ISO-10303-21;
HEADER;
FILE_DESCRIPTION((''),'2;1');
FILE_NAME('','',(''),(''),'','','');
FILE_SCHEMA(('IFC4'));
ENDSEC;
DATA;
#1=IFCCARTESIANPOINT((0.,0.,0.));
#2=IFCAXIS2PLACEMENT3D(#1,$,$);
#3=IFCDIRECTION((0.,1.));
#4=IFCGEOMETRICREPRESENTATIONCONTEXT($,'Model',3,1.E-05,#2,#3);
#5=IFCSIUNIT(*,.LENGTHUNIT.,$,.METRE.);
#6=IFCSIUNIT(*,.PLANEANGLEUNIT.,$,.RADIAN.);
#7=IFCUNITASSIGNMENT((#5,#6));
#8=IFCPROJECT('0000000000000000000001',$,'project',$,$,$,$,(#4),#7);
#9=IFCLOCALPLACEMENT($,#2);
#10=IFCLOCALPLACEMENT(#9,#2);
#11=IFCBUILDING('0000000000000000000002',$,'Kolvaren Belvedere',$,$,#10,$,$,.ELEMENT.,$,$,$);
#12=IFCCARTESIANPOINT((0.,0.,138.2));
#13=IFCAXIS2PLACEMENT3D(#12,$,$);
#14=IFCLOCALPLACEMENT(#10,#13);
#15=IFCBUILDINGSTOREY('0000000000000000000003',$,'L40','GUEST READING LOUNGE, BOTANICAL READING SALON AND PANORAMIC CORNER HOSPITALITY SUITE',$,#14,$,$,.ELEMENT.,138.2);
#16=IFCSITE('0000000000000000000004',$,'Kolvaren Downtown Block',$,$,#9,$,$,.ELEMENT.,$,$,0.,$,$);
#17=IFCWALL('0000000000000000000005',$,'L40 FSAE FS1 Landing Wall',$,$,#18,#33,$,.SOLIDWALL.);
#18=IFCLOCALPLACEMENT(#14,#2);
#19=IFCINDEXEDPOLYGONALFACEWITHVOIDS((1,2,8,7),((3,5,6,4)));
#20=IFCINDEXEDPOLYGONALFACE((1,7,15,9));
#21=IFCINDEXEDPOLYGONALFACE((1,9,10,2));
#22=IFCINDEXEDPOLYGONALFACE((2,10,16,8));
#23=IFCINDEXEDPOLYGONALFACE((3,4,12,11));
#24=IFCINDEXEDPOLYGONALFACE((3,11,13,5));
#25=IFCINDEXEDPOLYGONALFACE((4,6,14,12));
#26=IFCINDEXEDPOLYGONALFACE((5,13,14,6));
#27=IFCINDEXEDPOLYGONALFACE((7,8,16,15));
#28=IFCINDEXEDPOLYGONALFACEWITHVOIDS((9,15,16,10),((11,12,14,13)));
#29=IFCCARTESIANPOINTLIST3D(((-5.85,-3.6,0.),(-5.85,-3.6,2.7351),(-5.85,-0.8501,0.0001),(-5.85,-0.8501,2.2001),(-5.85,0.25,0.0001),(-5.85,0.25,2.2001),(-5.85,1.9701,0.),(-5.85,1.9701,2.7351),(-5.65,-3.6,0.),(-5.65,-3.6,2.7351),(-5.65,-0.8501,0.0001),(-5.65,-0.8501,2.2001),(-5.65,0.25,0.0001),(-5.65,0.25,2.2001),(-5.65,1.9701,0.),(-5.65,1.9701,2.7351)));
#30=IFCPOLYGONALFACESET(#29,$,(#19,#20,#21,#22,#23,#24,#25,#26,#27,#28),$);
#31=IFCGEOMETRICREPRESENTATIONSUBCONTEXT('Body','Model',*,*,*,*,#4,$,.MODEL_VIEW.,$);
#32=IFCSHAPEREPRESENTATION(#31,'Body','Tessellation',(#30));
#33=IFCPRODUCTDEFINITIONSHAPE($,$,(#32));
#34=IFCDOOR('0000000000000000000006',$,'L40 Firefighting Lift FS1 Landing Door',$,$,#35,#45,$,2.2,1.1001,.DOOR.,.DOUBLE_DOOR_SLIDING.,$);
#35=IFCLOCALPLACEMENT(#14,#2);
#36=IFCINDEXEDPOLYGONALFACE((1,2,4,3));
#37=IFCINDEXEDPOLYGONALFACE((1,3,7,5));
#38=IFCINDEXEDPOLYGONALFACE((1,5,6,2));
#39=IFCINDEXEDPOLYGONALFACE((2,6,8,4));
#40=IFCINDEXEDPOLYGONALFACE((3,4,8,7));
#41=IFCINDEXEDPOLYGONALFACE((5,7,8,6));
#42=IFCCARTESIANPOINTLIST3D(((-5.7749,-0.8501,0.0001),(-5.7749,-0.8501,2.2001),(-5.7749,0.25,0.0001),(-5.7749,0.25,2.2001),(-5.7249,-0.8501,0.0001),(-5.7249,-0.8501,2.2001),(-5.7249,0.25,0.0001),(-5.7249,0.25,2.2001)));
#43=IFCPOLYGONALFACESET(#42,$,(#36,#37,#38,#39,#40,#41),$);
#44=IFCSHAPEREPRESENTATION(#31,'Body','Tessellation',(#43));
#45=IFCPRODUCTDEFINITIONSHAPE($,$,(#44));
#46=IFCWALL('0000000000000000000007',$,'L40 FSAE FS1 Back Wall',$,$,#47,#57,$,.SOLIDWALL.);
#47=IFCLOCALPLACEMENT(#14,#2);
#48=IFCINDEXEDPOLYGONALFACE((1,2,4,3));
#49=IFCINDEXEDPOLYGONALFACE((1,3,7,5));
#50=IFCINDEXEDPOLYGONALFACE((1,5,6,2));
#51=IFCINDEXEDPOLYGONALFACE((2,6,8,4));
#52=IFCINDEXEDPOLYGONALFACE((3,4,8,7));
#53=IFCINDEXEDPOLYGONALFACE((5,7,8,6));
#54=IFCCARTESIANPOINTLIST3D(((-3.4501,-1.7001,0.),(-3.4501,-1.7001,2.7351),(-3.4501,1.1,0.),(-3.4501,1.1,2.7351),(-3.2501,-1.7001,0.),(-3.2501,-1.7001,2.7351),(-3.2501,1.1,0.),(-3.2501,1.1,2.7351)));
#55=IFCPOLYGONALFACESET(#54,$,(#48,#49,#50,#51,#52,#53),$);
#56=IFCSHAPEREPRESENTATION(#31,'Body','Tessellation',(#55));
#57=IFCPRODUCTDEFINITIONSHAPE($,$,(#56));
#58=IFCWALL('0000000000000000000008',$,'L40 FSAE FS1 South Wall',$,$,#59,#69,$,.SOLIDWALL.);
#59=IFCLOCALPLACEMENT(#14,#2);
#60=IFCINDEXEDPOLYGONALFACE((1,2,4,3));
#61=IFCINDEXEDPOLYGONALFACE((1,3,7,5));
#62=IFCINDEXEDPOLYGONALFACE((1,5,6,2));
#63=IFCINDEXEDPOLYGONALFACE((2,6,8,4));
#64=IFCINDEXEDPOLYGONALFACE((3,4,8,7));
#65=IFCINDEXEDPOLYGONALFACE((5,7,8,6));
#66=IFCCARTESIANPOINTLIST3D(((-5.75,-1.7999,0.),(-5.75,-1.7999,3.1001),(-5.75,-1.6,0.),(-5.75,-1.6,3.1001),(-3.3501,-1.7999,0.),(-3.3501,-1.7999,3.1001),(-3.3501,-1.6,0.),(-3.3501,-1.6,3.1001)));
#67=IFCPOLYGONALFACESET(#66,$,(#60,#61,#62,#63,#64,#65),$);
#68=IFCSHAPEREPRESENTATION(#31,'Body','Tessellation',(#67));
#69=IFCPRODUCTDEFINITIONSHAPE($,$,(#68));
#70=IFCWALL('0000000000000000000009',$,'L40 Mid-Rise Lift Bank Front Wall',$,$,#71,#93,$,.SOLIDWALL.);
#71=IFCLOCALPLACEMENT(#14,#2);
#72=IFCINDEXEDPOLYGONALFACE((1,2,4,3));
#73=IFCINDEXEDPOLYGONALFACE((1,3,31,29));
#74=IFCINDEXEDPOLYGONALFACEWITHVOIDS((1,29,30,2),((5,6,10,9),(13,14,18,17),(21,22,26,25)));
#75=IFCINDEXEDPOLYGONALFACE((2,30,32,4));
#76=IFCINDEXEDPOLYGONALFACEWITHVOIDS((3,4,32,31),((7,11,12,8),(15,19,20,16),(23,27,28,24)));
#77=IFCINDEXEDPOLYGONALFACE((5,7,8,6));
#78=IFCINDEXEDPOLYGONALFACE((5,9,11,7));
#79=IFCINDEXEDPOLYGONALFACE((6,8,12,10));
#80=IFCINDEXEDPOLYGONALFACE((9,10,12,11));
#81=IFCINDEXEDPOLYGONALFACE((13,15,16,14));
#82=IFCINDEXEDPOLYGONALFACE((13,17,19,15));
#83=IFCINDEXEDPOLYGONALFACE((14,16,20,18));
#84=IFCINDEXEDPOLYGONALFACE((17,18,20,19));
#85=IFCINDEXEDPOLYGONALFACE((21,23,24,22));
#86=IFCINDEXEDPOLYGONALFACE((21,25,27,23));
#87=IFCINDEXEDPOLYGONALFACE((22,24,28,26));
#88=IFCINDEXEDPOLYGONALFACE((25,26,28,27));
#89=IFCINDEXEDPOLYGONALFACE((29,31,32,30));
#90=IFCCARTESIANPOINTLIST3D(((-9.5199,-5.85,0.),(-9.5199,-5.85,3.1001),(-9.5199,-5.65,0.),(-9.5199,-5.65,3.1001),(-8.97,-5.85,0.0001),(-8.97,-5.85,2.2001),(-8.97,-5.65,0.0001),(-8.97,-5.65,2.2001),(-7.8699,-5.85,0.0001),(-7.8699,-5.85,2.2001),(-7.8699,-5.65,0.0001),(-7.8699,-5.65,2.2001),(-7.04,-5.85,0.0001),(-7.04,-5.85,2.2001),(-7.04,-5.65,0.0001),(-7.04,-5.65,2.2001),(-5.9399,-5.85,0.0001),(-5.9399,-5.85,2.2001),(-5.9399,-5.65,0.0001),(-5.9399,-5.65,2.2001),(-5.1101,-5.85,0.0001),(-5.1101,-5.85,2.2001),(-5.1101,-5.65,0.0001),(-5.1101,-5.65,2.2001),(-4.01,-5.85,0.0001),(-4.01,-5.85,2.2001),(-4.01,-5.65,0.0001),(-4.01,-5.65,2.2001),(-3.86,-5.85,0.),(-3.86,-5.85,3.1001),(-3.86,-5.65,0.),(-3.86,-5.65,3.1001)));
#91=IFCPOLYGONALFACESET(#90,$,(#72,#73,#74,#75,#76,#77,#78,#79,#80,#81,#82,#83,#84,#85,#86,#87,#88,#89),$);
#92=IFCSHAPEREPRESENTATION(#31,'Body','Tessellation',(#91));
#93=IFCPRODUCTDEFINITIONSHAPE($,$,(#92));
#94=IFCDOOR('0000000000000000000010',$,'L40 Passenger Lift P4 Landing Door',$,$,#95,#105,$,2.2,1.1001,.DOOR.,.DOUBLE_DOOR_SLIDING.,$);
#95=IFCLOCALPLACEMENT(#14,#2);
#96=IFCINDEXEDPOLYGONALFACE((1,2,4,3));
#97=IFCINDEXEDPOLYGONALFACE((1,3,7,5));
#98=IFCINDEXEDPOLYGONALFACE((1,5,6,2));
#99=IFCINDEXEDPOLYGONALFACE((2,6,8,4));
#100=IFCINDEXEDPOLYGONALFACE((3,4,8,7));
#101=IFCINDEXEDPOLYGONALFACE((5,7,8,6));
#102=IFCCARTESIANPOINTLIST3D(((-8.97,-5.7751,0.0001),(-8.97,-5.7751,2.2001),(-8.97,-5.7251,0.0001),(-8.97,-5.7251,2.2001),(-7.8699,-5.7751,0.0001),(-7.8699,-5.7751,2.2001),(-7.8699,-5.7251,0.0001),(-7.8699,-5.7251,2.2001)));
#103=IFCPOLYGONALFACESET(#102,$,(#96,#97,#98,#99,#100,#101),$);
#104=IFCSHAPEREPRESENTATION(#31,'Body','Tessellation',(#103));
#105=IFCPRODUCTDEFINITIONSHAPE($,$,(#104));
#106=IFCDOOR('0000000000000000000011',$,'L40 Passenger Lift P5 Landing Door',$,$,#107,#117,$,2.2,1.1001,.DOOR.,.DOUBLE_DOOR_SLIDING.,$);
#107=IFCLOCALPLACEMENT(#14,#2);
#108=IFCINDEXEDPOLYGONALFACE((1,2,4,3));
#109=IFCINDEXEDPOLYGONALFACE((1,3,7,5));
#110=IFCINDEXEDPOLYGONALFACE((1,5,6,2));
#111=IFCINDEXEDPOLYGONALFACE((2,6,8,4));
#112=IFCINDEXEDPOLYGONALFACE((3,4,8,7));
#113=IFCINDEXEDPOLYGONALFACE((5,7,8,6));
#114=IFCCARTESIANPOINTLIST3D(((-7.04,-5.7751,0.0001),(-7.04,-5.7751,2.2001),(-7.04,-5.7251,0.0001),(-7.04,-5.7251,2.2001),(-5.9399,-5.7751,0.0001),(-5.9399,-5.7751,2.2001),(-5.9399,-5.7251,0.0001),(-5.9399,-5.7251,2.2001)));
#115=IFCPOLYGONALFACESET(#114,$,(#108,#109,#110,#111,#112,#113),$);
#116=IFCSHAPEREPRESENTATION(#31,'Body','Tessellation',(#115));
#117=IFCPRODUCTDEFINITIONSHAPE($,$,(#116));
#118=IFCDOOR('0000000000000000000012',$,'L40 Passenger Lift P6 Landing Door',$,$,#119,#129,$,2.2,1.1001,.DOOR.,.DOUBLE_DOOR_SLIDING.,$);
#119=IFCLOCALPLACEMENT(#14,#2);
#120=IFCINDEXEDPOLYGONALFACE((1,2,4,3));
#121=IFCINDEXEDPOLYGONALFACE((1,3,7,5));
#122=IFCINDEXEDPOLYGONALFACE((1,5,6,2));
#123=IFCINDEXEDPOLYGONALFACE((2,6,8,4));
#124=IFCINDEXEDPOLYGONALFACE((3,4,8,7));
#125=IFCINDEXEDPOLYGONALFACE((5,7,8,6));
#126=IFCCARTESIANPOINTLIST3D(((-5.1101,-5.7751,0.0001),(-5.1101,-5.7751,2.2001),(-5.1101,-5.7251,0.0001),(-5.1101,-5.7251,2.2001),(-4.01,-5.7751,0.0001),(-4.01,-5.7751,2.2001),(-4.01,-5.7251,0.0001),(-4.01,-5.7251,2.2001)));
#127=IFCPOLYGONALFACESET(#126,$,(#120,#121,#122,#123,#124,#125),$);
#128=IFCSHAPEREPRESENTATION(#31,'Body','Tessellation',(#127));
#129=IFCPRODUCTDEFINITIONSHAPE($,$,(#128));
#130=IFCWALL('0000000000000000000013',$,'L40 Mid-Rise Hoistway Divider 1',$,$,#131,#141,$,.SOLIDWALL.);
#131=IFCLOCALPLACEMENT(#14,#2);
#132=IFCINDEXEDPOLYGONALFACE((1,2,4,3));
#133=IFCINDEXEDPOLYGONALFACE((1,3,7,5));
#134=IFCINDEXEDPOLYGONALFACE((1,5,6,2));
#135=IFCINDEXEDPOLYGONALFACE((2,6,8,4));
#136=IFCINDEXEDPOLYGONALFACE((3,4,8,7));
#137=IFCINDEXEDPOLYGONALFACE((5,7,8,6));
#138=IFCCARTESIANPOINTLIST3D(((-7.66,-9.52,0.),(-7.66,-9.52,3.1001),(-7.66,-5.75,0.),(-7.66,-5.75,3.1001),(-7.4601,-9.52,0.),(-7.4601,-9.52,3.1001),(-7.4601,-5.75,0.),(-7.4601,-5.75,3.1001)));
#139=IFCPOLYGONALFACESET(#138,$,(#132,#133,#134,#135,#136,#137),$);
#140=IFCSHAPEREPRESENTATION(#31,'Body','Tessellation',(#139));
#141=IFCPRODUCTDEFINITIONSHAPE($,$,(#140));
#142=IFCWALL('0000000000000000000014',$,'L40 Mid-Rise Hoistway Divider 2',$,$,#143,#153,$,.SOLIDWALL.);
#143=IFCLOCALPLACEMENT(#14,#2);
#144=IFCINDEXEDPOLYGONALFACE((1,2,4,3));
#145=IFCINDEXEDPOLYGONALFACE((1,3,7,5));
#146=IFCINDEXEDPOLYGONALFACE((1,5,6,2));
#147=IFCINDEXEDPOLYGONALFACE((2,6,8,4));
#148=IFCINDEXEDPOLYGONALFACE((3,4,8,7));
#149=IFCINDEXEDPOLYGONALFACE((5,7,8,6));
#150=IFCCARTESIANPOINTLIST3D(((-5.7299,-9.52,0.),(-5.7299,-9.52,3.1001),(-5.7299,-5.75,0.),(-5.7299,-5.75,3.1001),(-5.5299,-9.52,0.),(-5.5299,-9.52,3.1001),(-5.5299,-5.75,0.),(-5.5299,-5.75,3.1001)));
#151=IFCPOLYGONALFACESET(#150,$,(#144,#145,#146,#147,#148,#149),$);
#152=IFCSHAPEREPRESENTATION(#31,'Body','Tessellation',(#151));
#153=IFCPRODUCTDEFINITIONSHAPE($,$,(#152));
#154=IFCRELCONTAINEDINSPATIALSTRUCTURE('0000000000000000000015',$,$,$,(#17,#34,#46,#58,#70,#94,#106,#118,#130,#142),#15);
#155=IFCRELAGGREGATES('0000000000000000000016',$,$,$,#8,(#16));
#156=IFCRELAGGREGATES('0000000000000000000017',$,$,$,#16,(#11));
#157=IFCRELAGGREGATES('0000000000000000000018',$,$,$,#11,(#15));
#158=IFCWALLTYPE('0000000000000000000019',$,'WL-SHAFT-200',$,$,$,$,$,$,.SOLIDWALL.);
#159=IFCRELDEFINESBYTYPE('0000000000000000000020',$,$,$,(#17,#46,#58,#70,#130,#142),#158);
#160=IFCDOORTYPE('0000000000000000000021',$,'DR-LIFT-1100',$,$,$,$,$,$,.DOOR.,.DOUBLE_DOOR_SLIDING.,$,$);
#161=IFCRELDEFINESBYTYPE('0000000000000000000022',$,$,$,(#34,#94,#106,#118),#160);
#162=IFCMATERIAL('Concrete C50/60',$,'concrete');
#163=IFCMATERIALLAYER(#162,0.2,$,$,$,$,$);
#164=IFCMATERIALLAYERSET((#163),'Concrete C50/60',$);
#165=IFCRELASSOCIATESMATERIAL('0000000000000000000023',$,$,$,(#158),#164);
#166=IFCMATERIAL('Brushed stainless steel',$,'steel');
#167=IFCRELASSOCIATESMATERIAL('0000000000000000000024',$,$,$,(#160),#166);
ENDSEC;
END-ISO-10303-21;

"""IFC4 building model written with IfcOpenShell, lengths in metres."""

from ifc_helpers import new_model, si_unit, direction, frame, frame_2d, origin, place, context, subcontext, project, spatial, rectangle, extrude, material, layer, layer_set, type_object, element, fill, save


model = new_model("IFC4")

# Units and contexts
model_context = context("Model", 3, precision=1e-05, world=origin(), true_north=direction((0.0, 1.0)))
body_context = subcontext(model_context, "Body", "Model", "MODEL_VIEW")
ifc_project = project(units=[si_unit("LENGTHUNIT", "METRE"), si_unit("PLANEANGLEUNIT", "RADIAN")], contexts=[model_context])

# Site, building, storey
site_placement = place(None, origin())
site = spatial("IfcSite", under=ifc_project, at=site_placement, Name="Kolvaren Downtown Block", CompositionType="ELEMENT", RefElevation=0.0)
building_placement = place(site_placement, origin())
building = spatial("IfcBuilding", under=site, at=building_placement, Name="Kolvaren Belvedere", CompositionType="ELEMENT")
storey_placement = place(building_placement, frame((0.0, 0.0, 138.2)))
storey = spatial("IfcBuildingStorey", under=building, at=storey_placement, Name="L40", Description="GUEST READING LOUNGE, BOTANICAL READING SALON AND PANORAMIC CORNER HOSPITALITY SUITE", CompositionType="ELEMENT", Elevation=138.2)

# Wall, opening, door
ifc_material_1 = material(Name="Concrete C50/60", Category="concrete")
ifc_layer_1 = layer(ifc_material_1, 0.2)
ifc_layer_set_1 = layer_set([ifc_layer_1], Name="Concrete C50/60")
wall_type_1 = type_object("IfcWallType", Name="WL-SHAFT-200", PredefinedType="SOLIDWALL", material=ifc_layer_set_1)
wall_1_placement = place(storey_placement, frame((-5.75, -3.6001, 0.0), z_axis=(0.0, 0.0, 1.0), x_axis=(0.0, 1.0, 0.0)))
wall_1 = element("IfcWall", 1, at=wall_1_placement, inside=storey, type_object=wall_type_1, Name="L40 FSAE FS1 Landing Wall", PredefinedType="SOLIDWALL", context=body_context, shape_type="SweptSolid", body=[
    extrude(rectangle(XDim=5.5701, YDim=0.2, at=frame_2d((2.7852, 0.0))), origin(), (0.0, 0.0, 1.0), 2.7351),
])
opening_1_placement = place(wall_1_placement, frame((2.75, 0.0, 0.0)))
opening_1 = element("IfcOpeningElement", 2, at=opening_1_placement, cuts=wall_1, PredefinedType="OPENING", context=body_context, shape_type="SweptSolid", body=[
    extrude(rectangle(XDim=1.1001, YDim=2.2, at=frame_2d((0.55, 1.1001))), frame((0.0, 0.1099, 0.0), z_axis=(0.0, -1.0, 0.0), x_axis=(1.0, 0.0, 0.0)), (0.0, 0.0, 1.0), 0.22),
])
ifc_material_2 = material(Name="Brushed stainless steel", Category="steel")
door_type_1 = type_object("IfcDoorType", Name="DR-LIFT-1100", OperationType="DOUBLE_DOOR_SLIDING", PredefinedType="DOOR", material=ifc_material_2)
door_1_placement = place(opening_1_placement, origin())
door_1 = element("IfcDoor", 3, at=door_1_placement, inside=storey, type_object=door_type_1, Name="L40 Firefighting Lift FS1 Landing Door", OperationType="DOUBLE_DOOR_SLIDING", OverallHeight=2.2, OverallWidth=1.1001, PredefinedType="DOOR", context=body_context, shape_type="SweptSolid", body=[
    extrude(rectangle(XDim=1.1001, YDim=2.2, at=frame_2d((0.55, 1.1001))), frame((0.0, 0.0249, 0.0), z_axis=(0.0, -1.0, 0.0), x_axis=(1.0, 0.0, 0.0)), (0.0, 0.0, 1.0), 0.05),
])
fill(opening_1, door_1)

# Walls
wall_2_placement = place(storey_placement, frame((-3.3501, -1.7, 0.0), z_axis=(0.0, 0.0, 1.0), x_axis=(0.0, 1.0, 0.0)))
element("IfcWall", 4, at=wall_2_placement, inside=storey, type_object=wall_type_1, Name="L40 FSAE FS1 Back Wall", PredefinedType="SOLIDWALL", context=body_context, shape_type="SweptSolid", body=[
    extrude(rectangle(XDim=2.8, YDim=0.2, at=frame_2d((1.3999, 0.0))), origin(), (0.0, 0.0, 1.0), 2.7351),
])
wall_3_placement = place(storey_placement, frame((-5.75, -1.7, 0.0), z_axis=(0.0, 0.0, 1.0), x_axis=(1.0, 0.0, 0.0)))
element("IfcWall", 5, at=wall_3_placement, inside=storey, type_object=wall_type_1, Name="L40 FSAE FS1 South Wall", PredefinedType="SOLIDWALL", context=body_context, shape_type="SweptSolid", body=[
    extrude(rectangle(XDim=2.3999, YDim=0.2, at=frame_2d((1.2, 0.0))), origin(), (0.0, 0.0, 1.0), 3.1001),
])

# Wall, openings, doors
wall_4_placement = place(storey_placement, frame((-9.52, -5.75, 0.0), z_axis=(0.0, 0.0, 1.0), x_axis=(1.0, 0.0, 0.0)))
wall_4 = element("IfcWall", 6, at=wall_4_placement, inside=storey, type_object=wall_type_1, Name="L40 Mid-Rise Lift Bank Front Wall", PredefinedType="SOLIDWALL", context=body_context, shape_type="SweptSolid", body=[
    extrude(rectangle(XDim=5.6599, YDim=0.2, at=frame_2d((2.8301, 0.0))), origin(), (0.0, 0.0, 1.0), 3.1001),
])
opening_2_placement = place(wall_4_placement, frame((0.55, 0.0, 0.0)))
opening_2 = element("IfcOpeningElement", 7, at=opening_2_placement, cuts=wall_4, PredefinedType="OPENING", context=body_context, shape_type="SweptSolid", body=[
    extrude(rectangle(XDim=1.1001, YDim=2.2, at=frame_2d((0.55, 1.1001))), frame((0.0, 0.1099, 0.0), z_axis=(0.0, -1.0, 0.0), x_axis=(1.0, 0.0, 0.0)), (0.0, 0.0, 1.0), 0.22),
])
opening_3_placement = place(wall_4_placement, frame((2.48, 0.0, 0.0)))
opening_3 = element("IfcOpeningElement", 8, at=opening_3_placement, cuts=wall_4, PredefinedType="OPENING", context=body_context, shape_type="SweptSolid", body=[
    extrude(rectangle(XDim=1.1001, YDim=2.2, at=frame_2d((0.55, 1.1001))), frame((0.0, 0.1099, 0.0), z_axis=(0.0, -1.0, 0.0), x_axis=(1.0, 0.0, 0.0)), (0.0, 0.0, 1.0), 0.22),
])
opening_4_placement = place(wall_4_placement, frame((4.4099, 0.0, 0.0)))
opening_4 = element("IfcOpeningElement", 9, at=opening_4_placement, cuts=wall_4, PredefinedType="OPENING", context=body_context, shape_type="SweptSolid", body=[
    extrude(rectangle(XDim=1.1001, YDim=2.2, at=frame_2d((0.55, 1.1001))), frame((0.0, 0.1099, 0.0), z_axis=(0.0, -1.0, 0.0), x_axis=(1.0, 0.0, 0.0)), (0.0, 0.0, 1.0), 0.22),
])
door_2_placement = place(opening_2_placement, origin())
door_2 = element("IfcDoor", 10, at=door_2_placement, inside=storey, type_object=door_type_1, Name="L40 Passenger Lift P4 Landing Door", OperationType="DOUBLE_DOOR_SLIDING", OverallHeight=2.2, OverallWidth=1.1001, PredefinedType="DOOR", context=body_context, shape_type="SweptSolid", body=[
    extrude(rectangle(XDim=1.1001, YDim=2.2, at=frame_2d((0.55, 1.1001))), frame((0.0, 0.0249, 0.0), z_axis=(0.0, -1.0, 0.0), x_axis=(1.0, 0.0, 0.0)), (0.0, 0.0, 1.0), 0.05),
])
fill(opening_2, door_2)
door_3_placement = place(opening_3_placement, origin())
door_3 = element("IfcDoor", 11, at=door_3_placement, inside=storey, type_object=door_type_1, Name="L40 Passenger Lift P5 Landing Door", OperationType="DOUBLE_DOOR_SLIDING", OverallHeight=2.2, OverallWidth=1.1001, PredefinedType="DOOR", context=body_context, shape_type="SweptSolid", body=[
    extrude(rectangle(XDim=1.1001, YDim=2.2, at=frame_2d((0.55, 1.1001))), frame((0.0, 0.0249, 0.0), z_axis=(0.0, -1.0, 0.0), x_axis=(1.0, 0.0, 0.0)), (0.0, 0.0, 1.0), 0.05),
])
fill(opening_3, door_3)
door_4_placement = place(opening_4_placement, origin())
door_4 = element("IfcDoor", 12, at=door_4_placement, inside=storey, type_object=door_type_1, Name="L40 Passenger Lift P6 Landing Door", OperationType="DOUBLE_DOOR_SLIDING", OverallHeight=2.2, OverallWidth=1.1001, PredefinedType="DOOR", context=body_context, shape_type="SweptSolid", body=[
    extrude(rectangle(XDim=1.1001, YDim=2.2, at=frame_2d((0.55, 1.1001))), frame((0.0, 0.0249, 0.0), z_axis=(0.0, -1.0, 0.0), x_axis=(1.0, 0.0, 0.0)), (0.0, 0.0, 1.0), 0.05),
])
fill(opening_4, door_4)

# Walls
for number, where, z_axis, x_axis, name in (
    (13, (-7.5601, -9.52, 0.0), (0.0, 0.0, 1.0), (0.0, 1.0, 0.0), "L40 Mid-Rise Hoistway Divider 1"),
    (14, (-5.6299, -9.52, 0.0), (0.0, 0.0, 1.0), (0.0, 1.0, 0.0), "L40 Mid-Rise Hoistway Divider 2"),
):
    element("IfcWall", number, at=place(storey_placement, frame(where, z_axis=z_axis, x_axis=x_axis)), inside=storey, type_object=wall_type_1, Name=name, PredefinedType="SOLIDWALL", context=body_context, shape_type="SweptSolid", body=[
        extrude(rectangle(XDim=3.77, YDim=0.2, at=frame_2d((1.885, 0.0))), origin(), (0.0, 0.0, 1.0), 3.1001),
    ])

save(model, "model.ifc")
